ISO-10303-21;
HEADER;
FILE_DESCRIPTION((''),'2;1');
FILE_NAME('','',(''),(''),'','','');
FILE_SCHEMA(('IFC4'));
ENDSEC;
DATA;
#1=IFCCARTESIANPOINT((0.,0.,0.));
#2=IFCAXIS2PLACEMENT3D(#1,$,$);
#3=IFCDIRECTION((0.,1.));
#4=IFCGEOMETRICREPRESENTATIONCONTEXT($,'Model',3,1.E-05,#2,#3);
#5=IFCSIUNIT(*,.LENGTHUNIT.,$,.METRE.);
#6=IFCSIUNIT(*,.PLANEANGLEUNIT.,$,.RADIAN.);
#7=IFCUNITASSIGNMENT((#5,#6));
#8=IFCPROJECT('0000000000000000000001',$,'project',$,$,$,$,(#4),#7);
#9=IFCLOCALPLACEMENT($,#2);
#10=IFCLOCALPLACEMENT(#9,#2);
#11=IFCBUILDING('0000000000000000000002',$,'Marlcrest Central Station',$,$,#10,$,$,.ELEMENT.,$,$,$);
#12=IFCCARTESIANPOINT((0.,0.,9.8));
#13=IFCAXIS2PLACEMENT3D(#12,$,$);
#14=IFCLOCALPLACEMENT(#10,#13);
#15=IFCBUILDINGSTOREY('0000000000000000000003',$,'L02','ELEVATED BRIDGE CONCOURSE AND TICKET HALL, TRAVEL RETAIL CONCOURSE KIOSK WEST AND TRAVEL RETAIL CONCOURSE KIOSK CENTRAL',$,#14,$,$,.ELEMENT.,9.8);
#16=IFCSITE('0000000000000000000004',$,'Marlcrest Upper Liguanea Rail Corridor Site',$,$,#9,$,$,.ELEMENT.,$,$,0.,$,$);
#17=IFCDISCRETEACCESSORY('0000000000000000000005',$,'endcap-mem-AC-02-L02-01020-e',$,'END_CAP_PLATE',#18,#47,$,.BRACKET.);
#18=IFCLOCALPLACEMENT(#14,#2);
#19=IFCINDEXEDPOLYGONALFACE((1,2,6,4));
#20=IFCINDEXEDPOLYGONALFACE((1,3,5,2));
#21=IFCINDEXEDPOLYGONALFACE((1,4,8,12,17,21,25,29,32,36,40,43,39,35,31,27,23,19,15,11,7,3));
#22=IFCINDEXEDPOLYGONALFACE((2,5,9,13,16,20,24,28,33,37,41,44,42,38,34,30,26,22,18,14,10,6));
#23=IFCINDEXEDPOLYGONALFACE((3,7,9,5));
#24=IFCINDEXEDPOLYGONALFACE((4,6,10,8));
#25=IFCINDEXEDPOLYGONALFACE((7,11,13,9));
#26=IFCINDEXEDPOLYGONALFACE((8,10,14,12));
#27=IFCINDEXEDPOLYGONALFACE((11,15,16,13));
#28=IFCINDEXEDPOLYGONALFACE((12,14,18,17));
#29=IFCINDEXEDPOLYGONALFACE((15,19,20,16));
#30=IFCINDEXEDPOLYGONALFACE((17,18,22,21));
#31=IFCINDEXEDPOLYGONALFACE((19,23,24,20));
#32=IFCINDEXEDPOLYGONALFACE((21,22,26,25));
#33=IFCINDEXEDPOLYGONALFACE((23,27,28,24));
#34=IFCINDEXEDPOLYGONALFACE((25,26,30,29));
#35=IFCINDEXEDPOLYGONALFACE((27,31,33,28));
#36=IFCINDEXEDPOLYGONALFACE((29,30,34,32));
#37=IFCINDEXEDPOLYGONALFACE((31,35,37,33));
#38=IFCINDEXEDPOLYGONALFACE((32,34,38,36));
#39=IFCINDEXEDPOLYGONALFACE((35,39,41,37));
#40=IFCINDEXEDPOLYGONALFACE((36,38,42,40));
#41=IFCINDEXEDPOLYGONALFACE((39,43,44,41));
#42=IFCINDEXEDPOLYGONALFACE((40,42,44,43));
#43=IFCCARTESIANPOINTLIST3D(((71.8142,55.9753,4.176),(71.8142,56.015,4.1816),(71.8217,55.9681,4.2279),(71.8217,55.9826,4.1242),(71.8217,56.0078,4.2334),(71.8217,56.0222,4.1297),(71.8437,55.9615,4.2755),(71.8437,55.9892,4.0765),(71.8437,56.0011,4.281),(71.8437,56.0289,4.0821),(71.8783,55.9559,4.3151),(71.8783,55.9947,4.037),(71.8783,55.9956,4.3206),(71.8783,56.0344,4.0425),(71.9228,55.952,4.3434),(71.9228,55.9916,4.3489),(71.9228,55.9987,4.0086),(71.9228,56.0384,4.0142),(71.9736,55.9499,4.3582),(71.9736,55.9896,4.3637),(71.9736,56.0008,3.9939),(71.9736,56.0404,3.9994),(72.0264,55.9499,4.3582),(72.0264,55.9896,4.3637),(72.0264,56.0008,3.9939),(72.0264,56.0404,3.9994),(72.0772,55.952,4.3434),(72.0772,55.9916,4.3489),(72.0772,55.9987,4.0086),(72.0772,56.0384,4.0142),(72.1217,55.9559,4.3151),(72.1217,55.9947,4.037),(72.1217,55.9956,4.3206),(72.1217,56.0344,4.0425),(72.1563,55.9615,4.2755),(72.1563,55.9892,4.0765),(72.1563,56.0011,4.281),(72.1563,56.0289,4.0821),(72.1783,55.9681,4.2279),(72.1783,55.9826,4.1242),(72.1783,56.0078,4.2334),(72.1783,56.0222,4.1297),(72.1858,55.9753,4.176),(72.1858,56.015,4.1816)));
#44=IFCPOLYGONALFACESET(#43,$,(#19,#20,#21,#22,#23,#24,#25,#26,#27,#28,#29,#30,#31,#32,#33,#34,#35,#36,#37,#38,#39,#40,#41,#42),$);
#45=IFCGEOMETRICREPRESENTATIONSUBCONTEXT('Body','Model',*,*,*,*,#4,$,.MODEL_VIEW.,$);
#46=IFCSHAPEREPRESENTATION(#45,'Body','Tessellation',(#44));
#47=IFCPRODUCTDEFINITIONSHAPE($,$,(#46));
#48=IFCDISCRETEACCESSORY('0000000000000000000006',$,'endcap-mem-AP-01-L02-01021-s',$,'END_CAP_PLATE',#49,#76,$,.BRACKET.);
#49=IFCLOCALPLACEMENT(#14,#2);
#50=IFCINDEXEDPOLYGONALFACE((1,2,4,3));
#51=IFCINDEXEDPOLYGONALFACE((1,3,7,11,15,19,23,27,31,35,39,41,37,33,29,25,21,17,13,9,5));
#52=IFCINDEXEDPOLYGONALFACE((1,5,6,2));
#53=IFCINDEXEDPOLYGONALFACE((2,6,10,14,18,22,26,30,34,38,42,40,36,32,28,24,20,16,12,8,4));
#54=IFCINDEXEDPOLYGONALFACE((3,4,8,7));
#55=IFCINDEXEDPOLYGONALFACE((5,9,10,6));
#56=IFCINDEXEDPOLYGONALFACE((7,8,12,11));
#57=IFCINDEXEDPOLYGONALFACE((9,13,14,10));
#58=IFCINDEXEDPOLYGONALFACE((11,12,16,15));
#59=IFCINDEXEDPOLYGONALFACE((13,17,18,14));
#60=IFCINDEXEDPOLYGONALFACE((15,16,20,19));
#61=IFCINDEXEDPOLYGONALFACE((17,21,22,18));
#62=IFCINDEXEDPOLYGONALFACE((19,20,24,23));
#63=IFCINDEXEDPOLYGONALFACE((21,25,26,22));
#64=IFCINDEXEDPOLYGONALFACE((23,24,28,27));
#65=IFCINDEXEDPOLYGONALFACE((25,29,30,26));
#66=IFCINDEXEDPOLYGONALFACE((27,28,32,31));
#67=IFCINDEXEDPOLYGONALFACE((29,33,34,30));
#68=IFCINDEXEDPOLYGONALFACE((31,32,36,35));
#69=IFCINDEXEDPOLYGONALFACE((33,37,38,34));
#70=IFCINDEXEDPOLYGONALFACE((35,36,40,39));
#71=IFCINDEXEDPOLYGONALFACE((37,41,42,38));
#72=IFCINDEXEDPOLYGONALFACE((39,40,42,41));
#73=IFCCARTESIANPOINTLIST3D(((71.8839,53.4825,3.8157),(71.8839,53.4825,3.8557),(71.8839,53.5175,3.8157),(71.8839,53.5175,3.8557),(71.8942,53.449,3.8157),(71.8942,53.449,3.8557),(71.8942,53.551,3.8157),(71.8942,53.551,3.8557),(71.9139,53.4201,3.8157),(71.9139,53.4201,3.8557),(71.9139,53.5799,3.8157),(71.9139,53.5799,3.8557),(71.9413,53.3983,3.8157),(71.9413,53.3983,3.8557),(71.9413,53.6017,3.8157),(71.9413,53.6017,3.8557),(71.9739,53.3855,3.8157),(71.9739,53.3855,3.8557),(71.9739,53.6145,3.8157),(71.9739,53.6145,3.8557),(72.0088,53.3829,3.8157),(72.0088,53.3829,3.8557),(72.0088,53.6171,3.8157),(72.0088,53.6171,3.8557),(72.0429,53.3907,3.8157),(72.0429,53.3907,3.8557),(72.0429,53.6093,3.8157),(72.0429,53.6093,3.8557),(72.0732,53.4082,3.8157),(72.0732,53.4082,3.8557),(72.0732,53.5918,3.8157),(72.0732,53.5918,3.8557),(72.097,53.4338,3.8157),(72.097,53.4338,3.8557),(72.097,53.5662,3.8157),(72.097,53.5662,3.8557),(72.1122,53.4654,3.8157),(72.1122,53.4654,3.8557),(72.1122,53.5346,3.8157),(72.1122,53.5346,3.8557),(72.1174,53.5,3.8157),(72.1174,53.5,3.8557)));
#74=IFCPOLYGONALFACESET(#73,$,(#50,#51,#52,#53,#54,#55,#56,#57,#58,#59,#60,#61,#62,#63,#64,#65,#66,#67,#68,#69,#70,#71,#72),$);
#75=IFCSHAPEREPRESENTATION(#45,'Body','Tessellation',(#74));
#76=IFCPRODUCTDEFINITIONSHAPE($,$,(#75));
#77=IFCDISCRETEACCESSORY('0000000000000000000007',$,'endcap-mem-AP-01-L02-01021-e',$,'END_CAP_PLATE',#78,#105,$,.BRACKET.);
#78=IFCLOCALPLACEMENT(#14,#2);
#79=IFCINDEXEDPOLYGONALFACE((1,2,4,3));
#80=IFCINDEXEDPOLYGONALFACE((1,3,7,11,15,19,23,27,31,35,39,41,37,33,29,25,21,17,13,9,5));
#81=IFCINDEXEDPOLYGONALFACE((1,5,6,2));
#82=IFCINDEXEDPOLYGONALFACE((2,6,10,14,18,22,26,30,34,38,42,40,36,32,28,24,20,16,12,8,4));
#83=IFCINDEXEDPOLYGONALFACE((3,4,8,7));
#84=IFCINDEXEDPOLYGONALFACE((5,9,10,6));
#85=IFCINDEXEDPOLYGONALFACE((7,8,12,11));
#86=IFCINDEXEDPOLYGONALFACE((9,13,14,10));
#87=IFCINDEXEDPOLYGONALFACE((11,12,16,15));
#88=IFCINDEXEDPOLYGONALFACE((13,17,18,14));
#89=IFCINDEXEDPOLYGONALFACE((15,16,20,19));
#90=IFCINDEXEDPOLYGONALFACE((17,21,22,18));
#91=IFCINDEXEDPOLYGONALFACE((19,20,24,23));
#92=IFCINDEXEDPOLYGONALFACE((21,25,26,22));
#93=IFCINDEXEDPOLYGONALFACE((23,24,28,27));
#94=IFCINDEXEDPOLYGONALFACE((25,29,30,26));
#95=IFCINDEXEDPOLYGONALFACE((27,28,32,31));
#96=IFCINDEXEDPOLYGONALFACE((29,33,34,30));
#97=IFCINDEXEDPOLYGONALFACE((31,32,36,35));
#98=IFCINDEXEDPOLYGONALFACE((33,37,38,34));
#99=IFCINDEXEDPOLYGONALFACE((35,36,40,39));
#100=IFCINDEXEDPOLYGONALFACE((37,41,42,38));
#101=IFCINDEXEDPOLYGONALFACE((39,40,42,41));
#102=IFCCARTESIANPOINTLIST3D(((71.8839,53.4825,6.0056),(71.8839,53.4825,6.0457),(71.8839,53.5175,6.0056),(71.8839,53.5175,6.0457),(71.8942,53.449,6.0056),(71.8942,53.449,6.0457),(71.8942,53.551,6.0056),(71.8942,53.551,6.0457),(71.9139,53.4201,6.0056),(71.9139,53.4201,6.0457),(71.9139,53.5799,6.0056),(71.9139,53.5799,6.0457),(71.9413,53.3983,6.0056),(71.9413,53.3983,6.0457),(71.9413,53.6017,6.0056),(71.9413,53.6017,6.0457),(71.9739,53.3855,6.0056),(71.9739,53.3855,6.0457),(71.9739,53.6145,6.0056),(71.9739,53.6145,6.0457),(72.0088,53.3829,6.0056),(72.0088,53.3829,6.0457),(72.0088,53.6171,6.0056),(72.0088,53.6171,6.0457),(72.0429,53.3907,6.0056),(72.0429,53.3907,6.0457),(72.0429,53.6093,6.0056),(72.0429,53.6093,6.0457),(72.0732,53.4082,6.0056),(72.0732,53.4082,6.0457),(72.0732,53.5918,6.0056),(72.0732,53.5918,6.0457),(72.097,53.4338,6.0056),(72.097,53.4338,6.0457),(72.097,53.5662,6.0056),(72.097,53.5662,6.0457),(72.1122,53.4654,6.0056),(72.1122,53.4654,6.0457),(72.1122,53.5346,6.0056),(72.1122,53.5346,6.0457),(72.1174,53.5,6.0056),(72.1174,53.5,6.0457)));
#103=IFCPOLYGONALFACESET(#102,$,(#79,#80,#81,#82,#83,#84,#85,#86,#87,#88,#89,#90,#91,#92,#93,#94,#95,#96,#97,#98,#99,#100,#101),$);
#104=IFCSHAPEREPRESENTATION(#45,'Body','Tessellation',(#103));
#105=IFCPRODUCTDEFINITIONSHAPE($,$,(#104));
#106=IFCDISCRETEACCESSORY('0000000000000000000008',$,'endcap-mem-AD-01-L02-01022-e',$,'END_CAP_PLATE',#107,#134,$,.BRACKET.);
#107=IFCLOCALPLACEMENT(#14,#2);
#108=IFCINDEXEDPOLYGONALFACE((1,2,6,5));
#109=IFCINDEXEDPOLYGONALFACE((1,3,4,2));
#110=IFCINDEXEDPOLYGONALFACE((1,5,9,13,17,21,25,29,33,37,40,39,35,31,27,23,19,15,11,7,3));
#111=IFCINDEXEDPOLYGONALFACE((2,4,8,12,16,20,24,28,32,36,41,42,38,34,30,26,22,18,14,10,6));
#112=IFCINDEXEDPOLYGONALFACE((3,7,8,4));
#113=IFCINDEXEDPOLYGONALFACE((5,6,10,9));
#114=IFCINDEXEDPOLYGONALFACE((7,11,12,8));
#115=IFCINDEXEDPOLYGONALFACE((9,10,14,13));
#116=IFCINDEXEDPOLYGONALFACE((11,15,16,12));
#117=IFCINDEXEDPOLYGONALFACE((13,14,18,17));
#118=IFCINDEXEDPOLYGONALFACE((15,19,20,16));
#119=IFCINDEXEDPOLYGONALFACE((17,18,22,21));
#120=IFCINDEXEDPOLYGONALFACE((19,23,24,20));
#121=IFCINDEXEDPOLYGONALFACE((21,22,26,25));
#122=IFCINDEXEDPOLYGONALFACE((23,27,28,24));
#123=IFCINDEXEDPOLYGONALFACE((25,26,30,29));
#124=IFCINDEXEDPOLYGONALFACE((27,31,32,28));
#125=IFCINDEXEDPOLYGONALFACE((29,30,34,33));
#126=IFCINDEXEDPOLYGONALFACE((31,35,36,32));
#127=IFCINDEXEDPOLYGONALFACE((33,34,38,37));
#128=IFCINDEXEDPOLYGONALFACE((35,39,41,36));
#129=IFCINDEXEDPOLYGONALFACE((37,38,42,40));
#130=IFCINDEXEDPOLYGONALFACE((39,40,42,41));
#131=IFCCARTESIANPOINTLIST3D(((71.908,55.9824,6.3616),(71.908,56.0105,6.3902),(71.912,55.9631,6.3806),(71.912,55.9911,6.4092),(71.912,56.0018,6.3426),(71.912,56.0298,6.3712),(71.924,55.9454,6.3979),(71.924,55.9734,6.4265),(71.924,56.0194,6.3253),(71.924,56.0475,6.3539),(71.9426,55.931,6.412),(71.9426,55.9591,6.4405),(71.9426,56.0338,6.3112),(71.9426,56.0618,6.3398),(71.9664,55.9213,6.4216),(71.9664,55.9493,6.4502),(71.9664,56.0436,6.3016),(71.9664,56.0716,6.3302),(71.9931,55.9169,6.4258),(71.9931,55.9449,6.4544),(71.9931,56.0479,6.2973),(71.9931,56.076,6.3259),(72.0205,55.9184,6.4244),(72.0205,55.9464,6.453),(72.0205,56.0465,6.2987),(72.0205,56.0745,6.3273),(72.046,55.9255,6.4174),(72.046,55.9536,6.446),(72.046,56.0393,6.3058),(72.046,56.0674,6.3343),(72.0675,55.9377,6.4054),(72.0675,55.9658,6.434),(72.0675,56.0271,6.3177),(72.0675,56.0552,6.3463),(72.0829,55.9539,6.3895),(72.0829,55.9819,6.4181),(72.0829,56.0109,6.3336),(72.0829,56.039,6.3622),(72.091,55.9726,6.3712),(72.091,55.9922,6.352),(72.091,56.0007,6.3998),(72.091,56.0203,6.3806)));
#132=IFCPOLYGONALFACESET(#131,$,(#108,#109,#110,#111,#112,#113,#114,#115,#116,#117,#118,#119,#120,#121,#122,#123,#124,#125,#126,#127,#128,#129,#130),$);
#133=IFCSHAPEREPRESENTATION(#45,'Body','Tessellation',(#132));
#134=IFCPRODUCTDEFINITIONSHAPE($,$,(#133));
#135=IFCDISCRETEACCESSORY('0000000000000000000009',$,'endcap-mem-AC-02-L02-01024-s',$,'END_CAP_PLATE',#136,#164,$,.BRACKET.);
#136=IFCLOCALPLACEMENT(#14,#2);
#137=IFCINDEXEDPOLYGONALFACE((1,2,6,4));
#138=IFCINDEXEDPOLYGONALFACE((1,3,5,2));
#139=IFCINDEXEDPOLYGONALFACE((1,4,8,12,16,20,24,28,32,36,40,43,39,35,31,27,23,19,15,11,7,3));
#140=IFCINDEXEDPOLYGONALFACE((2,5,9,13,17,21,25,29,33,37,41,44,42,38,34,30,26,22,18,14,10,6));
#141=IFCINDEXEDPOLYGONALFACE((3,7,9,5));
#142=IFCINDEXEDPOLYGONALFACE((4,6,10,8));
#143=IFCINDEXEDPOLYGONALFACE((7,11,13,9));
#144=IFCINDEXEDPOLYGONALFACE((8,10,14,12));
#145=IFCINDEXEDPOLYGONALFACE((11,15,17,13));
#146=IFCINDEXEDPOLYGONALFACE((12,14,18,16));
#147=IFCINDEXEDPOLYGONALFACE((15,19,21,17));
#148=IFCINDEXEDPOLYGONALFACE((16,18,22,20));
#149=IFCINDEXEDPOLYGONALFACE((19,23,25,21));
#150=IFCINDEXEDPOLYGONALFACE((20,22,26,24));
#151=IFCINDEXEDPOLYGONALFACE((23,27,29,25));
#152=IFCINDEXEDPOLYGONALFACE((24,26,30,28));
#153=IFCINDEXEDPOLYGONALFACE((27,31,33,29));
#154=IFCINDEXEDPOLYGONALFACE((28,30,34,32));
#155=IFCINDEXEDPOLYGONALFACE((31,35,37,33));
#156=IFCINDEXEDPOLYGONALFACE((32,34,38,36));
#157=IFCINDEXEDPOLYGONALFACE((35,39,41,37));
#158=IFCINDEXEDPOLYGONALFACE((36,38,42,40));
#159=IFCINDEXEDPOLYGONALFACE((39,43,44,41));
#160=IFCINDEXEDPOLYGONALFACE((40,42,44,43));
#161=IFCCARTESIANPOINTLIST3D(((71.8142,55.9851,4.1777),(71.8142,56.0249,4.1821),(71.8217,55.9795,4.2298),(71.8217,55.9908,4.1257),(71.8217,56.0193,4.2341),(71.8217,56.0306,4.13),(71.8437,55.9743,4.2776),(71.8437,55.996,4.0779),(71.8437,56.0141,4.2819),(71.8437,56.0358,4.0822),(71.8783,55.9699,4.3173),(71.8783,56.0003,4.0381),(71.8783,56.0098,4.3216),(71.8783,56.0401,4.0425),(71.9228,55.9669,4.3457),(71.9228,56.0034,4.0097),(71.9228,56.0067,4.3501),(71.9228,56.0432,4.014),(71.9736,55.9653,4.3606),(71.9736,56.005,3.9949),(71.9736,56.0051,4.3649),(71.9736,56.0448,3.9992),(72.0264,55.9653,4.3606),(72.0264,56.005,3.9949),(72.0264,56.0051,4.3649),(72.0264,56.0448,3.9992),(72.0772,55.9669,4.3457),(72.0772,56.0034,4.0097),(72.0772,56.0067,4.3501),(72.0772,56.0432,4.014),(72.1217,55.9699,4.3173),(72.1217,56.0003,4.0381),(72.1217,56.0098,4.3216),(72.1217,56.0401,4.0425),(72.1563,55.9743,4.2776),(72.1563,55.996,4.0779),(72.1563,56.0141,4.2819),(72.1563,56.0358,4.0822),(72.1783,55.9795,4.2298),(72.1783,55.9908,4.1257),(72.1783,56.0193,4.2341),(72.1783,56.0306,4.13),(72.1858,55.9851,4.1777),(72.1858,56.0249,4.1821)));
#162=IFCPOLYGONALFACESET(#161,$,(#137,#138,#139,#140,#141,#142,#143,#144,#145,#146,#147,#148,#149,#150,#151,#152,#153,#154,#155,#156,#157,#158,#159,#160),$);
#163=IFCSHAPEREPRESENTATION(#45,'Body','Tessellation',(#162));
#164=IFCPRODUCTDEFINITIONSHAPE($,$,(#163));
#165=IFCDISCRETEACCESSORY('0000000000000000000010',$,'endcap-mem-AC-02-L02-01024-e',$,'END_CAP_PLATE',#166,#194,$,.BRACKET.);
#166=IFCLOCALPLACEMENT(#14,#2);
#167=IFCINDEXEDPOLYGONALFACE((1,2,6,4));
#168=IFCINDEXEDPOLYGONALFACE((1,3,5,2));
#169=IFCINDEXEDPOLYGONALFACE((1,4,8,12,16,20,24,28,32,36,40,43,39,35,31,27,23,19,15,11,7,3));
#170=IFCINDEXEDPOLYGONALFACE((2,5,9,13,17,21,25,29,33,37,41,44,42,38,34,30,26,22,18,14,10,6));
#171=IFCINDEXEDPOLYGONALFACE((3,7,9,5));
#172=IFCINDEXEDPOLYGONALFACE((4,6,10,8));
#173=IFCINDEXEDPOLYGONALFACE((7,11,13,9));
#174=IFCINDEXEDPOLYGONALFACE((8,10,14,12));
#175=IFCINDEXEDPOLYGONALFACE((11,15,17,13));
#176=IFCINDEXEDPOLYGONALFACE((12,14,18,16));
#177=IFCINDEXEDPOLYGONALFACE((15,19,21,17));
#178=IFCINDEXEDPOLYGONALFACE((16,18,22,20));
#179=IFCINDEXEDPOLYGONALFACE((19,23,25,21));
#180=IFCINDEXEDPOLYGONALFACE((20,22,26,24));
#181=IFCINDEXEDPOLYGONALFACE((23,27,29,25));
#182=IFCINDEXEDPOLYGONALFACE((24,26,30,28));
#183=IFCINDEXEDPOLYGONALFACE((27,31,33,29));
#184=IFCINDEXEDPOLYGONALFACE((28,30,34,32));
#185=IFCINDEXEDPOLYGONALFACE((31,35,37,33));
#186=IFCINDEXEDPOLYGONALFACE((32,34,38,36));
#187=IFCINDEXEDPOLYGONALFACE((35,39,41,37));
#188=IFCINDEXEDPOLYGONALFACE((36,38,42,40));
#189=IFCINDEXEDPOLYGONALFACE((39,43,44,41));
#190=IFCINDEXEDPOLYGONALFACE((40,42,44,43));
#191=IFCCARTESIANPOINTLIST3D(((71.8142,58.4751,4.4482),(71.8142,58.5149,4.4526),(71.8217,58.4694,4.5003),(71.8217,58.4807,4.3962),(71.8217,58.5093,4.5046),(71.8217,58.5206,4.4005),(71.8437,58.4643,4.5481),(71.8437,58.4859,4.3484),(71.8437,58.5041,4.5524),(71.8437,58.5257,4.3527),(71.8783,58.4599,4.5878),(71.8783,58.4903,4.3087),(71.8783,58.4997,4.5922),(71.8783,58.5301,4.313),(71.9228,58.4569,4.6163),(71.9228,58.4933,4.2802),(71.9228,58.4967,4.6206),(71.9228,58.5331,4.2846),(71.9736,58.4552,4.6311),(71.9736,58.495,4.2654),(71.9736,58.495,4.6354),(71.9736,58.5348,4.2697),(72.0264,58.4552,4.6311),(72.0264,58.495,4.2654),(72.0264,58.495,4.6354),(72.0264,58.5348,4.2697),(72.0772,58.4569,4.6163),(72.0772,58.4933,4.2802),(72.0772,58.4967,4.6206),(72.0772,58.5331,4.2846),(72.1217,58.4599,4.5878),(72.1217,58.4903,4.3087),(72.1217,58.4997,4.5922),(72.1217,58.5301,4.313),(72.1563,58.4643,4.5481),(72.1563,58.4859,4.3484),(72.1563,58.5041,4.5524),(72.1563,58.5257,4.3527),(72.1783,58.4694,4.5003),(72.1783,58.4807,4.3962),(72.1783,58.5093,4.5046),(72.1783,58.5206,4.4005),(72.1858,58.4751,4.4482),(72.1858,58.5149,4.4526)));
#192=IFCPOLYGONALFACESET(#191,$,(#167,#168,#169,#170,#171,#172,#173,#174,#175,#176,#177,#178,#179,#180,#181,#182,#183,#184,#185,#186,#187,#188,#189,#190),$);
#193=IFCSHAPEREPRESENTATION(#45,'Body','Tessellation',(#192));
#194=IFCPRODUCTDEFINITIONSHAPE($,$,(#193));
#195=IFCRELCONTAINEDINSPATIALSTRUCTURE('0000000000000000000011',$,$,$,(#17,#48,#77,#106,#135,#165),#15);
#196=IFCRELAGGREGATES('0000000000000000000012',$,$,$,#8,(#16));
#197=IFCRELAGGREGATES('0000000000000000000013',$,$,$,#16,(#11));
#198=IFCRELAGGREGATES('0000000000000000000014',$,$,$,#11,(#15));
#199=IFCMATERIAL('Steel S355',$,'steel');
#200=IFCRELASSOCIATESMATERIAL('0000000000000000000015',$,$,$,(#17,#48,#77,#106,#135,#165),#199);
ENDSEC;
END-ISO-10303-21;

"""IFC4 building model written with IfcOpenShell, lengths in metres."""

from ifc_helpers import new_model, si_unit, direction, frame, origin, origin_2d, place, context, subcontext, project, spatial, circle, extrude, material, element, save


model = new_model("IFC4")

# Units and contexts
model_context = context("Model", 3, precision=1e-05, world=origin(), true_north=direction((0.0, 1.0)))
body_context = subcontext(model_context, "Body", "Model", "MODEL_VIEW")
ifc_project = project(units=[si_unit("LENGTHUNIT", "METRE"), si_unit("PLANEANGLEUNIT", "RADIAN")], contexts=[model_context])

# Site, building, storey
site_placement = place(None, origin())
site = spatial("IfcSite", under=ifc_project, at=site_placement, Name="Marlcrest Upper Liguanea Rail Corridor Site", CompositionType="ELEMENT", RefElevation=0.0)
building_placement = place(site_placement, origin())
building = spatial("IfcBuilding", under=site, at=building_placement, Name="Marlcrest Central Station", CompositionType="ELEMENT")
storey_placement = place(building_placement, frame((0.0, 0.0, 9.8)))
storey = spatial("IfcBuildingStorey", under=building, at=storey_placement, Name="L02", Description="ELEVATED BRIDGE CONCOURSE AND TICKET HALL, TRAVEL RETAIL CONCOURSE KIOSK WEST AND TRAVEL RETAIL CONCOURSE KIOSK CENTRAL", CompositionType="ELEMENT", Elevation=9.8)

# Shared definitions
ifc_material = material(Name="Steel S355", Category="steel")

# Discrete accessories
discrete_accessory_1_placement = place(storey_placement, frame((72.0, 55.9753, 4.176), z_axis=(0.0, 0.990403, 0.138211), x_axis=(-1.0, 0.0, 0.0)))
element("IfcDiscreteAccessory", 1, at=discrete_accessory_1_placement, inside=storey, material=ifc_material, Name="endcap-mem-AC-02-L02-01020-e", ObjectType="END_CAP_PLATE", PredefinedType="BRACKET", context=body_context, shape_type="SweptSolid", body=[
    extrude(circle(Radius=0.1858, at=origin_2d()), origin(), (0.0, 0.0, 1.0), 0.04),
])
for number, where, z_axis, x_axis, name in (
    (2, (72.0, 53.5, 3.8157), (0.0, 0.0, 1.0), (1.0, 0.0, 0.0), "endcap-mem-AP-01-L02-01021-s"),
    (3, (72.0, 53.5, 6.0056), (0.0, 0.0, 1.0), (1.0, 0.0, 0.0), "endcap-mem-AP-01-L02-01021-e"),
):
    element("IfcDiscreteAccessory", number, at=place(storey_placement, frame(where, z_axis=z_axis, x_axis=x_axis)), inside=storey, material=ifc_material, Name=name, ObjectType="END_CAP_PLATE", PredefinedType="BRACKET", context=body_context, shape_type="SweptSolid", body=[
        extrude(circle(Radius=0.1174, at=origin_2d()), origin(), (0.0, 0.0, 1.0), 0.04),
    ])
discrete_accessory_2_placement = place(storey_placement, frame((72.0, 55.9824, 6.3616), z_axis=(0.0, 0.700235, 0.713912), x_axis=(-1.0, 0.0, 0.0)))
element("IfcDiscreteAccessory", 4, at=discrete_accessory_2_placement, inside=storey, material=ifc_material, Name="endcap-mem-AD-01-L02-01022-e", ObjectType="END_CAP_PLATE", PredefinedType="BRACKET", context=body_context, shape_type="SweptSolid", body=[
    extrude(circle(Radius=0.092, at=origin_2d()), origin(), (0.0, 0.0, 1.0), 0.04),
])
for number, where, z_axis, x_axis, name in (
    (5, (72.0, 55.9851, 4.1777), (0.0, 0.994155, 0.107959), (-1.0, 0.0, 0.0), "endcap-mem-AC-02-L02-01024-s"),
    (6, (72.0, 58.4751, 4.4482), (0.0, 0.994155, 0.107959), (-1.0, 0.0, 0.0), "endcap-mem-AC-02-L02-01024-e"),
):
    element("IfcDiscreteAccessory", number, at=place(storey_placement, frame(where, z_axis=z_axis, x_axis=x_axis)), inside=storey, material=ifc_material, Name=name, ObjectType="END_CAP_PLATE", PredefinedType="BRACKET", context=body_context, shape_type="SweptSolid", body=[
        extrude(circle(Radius=0.1858, at=origin_2d()), origin(), (0.0, 0.0, 1.0), 0.04),
    ])

save(model, "model.ifc")
